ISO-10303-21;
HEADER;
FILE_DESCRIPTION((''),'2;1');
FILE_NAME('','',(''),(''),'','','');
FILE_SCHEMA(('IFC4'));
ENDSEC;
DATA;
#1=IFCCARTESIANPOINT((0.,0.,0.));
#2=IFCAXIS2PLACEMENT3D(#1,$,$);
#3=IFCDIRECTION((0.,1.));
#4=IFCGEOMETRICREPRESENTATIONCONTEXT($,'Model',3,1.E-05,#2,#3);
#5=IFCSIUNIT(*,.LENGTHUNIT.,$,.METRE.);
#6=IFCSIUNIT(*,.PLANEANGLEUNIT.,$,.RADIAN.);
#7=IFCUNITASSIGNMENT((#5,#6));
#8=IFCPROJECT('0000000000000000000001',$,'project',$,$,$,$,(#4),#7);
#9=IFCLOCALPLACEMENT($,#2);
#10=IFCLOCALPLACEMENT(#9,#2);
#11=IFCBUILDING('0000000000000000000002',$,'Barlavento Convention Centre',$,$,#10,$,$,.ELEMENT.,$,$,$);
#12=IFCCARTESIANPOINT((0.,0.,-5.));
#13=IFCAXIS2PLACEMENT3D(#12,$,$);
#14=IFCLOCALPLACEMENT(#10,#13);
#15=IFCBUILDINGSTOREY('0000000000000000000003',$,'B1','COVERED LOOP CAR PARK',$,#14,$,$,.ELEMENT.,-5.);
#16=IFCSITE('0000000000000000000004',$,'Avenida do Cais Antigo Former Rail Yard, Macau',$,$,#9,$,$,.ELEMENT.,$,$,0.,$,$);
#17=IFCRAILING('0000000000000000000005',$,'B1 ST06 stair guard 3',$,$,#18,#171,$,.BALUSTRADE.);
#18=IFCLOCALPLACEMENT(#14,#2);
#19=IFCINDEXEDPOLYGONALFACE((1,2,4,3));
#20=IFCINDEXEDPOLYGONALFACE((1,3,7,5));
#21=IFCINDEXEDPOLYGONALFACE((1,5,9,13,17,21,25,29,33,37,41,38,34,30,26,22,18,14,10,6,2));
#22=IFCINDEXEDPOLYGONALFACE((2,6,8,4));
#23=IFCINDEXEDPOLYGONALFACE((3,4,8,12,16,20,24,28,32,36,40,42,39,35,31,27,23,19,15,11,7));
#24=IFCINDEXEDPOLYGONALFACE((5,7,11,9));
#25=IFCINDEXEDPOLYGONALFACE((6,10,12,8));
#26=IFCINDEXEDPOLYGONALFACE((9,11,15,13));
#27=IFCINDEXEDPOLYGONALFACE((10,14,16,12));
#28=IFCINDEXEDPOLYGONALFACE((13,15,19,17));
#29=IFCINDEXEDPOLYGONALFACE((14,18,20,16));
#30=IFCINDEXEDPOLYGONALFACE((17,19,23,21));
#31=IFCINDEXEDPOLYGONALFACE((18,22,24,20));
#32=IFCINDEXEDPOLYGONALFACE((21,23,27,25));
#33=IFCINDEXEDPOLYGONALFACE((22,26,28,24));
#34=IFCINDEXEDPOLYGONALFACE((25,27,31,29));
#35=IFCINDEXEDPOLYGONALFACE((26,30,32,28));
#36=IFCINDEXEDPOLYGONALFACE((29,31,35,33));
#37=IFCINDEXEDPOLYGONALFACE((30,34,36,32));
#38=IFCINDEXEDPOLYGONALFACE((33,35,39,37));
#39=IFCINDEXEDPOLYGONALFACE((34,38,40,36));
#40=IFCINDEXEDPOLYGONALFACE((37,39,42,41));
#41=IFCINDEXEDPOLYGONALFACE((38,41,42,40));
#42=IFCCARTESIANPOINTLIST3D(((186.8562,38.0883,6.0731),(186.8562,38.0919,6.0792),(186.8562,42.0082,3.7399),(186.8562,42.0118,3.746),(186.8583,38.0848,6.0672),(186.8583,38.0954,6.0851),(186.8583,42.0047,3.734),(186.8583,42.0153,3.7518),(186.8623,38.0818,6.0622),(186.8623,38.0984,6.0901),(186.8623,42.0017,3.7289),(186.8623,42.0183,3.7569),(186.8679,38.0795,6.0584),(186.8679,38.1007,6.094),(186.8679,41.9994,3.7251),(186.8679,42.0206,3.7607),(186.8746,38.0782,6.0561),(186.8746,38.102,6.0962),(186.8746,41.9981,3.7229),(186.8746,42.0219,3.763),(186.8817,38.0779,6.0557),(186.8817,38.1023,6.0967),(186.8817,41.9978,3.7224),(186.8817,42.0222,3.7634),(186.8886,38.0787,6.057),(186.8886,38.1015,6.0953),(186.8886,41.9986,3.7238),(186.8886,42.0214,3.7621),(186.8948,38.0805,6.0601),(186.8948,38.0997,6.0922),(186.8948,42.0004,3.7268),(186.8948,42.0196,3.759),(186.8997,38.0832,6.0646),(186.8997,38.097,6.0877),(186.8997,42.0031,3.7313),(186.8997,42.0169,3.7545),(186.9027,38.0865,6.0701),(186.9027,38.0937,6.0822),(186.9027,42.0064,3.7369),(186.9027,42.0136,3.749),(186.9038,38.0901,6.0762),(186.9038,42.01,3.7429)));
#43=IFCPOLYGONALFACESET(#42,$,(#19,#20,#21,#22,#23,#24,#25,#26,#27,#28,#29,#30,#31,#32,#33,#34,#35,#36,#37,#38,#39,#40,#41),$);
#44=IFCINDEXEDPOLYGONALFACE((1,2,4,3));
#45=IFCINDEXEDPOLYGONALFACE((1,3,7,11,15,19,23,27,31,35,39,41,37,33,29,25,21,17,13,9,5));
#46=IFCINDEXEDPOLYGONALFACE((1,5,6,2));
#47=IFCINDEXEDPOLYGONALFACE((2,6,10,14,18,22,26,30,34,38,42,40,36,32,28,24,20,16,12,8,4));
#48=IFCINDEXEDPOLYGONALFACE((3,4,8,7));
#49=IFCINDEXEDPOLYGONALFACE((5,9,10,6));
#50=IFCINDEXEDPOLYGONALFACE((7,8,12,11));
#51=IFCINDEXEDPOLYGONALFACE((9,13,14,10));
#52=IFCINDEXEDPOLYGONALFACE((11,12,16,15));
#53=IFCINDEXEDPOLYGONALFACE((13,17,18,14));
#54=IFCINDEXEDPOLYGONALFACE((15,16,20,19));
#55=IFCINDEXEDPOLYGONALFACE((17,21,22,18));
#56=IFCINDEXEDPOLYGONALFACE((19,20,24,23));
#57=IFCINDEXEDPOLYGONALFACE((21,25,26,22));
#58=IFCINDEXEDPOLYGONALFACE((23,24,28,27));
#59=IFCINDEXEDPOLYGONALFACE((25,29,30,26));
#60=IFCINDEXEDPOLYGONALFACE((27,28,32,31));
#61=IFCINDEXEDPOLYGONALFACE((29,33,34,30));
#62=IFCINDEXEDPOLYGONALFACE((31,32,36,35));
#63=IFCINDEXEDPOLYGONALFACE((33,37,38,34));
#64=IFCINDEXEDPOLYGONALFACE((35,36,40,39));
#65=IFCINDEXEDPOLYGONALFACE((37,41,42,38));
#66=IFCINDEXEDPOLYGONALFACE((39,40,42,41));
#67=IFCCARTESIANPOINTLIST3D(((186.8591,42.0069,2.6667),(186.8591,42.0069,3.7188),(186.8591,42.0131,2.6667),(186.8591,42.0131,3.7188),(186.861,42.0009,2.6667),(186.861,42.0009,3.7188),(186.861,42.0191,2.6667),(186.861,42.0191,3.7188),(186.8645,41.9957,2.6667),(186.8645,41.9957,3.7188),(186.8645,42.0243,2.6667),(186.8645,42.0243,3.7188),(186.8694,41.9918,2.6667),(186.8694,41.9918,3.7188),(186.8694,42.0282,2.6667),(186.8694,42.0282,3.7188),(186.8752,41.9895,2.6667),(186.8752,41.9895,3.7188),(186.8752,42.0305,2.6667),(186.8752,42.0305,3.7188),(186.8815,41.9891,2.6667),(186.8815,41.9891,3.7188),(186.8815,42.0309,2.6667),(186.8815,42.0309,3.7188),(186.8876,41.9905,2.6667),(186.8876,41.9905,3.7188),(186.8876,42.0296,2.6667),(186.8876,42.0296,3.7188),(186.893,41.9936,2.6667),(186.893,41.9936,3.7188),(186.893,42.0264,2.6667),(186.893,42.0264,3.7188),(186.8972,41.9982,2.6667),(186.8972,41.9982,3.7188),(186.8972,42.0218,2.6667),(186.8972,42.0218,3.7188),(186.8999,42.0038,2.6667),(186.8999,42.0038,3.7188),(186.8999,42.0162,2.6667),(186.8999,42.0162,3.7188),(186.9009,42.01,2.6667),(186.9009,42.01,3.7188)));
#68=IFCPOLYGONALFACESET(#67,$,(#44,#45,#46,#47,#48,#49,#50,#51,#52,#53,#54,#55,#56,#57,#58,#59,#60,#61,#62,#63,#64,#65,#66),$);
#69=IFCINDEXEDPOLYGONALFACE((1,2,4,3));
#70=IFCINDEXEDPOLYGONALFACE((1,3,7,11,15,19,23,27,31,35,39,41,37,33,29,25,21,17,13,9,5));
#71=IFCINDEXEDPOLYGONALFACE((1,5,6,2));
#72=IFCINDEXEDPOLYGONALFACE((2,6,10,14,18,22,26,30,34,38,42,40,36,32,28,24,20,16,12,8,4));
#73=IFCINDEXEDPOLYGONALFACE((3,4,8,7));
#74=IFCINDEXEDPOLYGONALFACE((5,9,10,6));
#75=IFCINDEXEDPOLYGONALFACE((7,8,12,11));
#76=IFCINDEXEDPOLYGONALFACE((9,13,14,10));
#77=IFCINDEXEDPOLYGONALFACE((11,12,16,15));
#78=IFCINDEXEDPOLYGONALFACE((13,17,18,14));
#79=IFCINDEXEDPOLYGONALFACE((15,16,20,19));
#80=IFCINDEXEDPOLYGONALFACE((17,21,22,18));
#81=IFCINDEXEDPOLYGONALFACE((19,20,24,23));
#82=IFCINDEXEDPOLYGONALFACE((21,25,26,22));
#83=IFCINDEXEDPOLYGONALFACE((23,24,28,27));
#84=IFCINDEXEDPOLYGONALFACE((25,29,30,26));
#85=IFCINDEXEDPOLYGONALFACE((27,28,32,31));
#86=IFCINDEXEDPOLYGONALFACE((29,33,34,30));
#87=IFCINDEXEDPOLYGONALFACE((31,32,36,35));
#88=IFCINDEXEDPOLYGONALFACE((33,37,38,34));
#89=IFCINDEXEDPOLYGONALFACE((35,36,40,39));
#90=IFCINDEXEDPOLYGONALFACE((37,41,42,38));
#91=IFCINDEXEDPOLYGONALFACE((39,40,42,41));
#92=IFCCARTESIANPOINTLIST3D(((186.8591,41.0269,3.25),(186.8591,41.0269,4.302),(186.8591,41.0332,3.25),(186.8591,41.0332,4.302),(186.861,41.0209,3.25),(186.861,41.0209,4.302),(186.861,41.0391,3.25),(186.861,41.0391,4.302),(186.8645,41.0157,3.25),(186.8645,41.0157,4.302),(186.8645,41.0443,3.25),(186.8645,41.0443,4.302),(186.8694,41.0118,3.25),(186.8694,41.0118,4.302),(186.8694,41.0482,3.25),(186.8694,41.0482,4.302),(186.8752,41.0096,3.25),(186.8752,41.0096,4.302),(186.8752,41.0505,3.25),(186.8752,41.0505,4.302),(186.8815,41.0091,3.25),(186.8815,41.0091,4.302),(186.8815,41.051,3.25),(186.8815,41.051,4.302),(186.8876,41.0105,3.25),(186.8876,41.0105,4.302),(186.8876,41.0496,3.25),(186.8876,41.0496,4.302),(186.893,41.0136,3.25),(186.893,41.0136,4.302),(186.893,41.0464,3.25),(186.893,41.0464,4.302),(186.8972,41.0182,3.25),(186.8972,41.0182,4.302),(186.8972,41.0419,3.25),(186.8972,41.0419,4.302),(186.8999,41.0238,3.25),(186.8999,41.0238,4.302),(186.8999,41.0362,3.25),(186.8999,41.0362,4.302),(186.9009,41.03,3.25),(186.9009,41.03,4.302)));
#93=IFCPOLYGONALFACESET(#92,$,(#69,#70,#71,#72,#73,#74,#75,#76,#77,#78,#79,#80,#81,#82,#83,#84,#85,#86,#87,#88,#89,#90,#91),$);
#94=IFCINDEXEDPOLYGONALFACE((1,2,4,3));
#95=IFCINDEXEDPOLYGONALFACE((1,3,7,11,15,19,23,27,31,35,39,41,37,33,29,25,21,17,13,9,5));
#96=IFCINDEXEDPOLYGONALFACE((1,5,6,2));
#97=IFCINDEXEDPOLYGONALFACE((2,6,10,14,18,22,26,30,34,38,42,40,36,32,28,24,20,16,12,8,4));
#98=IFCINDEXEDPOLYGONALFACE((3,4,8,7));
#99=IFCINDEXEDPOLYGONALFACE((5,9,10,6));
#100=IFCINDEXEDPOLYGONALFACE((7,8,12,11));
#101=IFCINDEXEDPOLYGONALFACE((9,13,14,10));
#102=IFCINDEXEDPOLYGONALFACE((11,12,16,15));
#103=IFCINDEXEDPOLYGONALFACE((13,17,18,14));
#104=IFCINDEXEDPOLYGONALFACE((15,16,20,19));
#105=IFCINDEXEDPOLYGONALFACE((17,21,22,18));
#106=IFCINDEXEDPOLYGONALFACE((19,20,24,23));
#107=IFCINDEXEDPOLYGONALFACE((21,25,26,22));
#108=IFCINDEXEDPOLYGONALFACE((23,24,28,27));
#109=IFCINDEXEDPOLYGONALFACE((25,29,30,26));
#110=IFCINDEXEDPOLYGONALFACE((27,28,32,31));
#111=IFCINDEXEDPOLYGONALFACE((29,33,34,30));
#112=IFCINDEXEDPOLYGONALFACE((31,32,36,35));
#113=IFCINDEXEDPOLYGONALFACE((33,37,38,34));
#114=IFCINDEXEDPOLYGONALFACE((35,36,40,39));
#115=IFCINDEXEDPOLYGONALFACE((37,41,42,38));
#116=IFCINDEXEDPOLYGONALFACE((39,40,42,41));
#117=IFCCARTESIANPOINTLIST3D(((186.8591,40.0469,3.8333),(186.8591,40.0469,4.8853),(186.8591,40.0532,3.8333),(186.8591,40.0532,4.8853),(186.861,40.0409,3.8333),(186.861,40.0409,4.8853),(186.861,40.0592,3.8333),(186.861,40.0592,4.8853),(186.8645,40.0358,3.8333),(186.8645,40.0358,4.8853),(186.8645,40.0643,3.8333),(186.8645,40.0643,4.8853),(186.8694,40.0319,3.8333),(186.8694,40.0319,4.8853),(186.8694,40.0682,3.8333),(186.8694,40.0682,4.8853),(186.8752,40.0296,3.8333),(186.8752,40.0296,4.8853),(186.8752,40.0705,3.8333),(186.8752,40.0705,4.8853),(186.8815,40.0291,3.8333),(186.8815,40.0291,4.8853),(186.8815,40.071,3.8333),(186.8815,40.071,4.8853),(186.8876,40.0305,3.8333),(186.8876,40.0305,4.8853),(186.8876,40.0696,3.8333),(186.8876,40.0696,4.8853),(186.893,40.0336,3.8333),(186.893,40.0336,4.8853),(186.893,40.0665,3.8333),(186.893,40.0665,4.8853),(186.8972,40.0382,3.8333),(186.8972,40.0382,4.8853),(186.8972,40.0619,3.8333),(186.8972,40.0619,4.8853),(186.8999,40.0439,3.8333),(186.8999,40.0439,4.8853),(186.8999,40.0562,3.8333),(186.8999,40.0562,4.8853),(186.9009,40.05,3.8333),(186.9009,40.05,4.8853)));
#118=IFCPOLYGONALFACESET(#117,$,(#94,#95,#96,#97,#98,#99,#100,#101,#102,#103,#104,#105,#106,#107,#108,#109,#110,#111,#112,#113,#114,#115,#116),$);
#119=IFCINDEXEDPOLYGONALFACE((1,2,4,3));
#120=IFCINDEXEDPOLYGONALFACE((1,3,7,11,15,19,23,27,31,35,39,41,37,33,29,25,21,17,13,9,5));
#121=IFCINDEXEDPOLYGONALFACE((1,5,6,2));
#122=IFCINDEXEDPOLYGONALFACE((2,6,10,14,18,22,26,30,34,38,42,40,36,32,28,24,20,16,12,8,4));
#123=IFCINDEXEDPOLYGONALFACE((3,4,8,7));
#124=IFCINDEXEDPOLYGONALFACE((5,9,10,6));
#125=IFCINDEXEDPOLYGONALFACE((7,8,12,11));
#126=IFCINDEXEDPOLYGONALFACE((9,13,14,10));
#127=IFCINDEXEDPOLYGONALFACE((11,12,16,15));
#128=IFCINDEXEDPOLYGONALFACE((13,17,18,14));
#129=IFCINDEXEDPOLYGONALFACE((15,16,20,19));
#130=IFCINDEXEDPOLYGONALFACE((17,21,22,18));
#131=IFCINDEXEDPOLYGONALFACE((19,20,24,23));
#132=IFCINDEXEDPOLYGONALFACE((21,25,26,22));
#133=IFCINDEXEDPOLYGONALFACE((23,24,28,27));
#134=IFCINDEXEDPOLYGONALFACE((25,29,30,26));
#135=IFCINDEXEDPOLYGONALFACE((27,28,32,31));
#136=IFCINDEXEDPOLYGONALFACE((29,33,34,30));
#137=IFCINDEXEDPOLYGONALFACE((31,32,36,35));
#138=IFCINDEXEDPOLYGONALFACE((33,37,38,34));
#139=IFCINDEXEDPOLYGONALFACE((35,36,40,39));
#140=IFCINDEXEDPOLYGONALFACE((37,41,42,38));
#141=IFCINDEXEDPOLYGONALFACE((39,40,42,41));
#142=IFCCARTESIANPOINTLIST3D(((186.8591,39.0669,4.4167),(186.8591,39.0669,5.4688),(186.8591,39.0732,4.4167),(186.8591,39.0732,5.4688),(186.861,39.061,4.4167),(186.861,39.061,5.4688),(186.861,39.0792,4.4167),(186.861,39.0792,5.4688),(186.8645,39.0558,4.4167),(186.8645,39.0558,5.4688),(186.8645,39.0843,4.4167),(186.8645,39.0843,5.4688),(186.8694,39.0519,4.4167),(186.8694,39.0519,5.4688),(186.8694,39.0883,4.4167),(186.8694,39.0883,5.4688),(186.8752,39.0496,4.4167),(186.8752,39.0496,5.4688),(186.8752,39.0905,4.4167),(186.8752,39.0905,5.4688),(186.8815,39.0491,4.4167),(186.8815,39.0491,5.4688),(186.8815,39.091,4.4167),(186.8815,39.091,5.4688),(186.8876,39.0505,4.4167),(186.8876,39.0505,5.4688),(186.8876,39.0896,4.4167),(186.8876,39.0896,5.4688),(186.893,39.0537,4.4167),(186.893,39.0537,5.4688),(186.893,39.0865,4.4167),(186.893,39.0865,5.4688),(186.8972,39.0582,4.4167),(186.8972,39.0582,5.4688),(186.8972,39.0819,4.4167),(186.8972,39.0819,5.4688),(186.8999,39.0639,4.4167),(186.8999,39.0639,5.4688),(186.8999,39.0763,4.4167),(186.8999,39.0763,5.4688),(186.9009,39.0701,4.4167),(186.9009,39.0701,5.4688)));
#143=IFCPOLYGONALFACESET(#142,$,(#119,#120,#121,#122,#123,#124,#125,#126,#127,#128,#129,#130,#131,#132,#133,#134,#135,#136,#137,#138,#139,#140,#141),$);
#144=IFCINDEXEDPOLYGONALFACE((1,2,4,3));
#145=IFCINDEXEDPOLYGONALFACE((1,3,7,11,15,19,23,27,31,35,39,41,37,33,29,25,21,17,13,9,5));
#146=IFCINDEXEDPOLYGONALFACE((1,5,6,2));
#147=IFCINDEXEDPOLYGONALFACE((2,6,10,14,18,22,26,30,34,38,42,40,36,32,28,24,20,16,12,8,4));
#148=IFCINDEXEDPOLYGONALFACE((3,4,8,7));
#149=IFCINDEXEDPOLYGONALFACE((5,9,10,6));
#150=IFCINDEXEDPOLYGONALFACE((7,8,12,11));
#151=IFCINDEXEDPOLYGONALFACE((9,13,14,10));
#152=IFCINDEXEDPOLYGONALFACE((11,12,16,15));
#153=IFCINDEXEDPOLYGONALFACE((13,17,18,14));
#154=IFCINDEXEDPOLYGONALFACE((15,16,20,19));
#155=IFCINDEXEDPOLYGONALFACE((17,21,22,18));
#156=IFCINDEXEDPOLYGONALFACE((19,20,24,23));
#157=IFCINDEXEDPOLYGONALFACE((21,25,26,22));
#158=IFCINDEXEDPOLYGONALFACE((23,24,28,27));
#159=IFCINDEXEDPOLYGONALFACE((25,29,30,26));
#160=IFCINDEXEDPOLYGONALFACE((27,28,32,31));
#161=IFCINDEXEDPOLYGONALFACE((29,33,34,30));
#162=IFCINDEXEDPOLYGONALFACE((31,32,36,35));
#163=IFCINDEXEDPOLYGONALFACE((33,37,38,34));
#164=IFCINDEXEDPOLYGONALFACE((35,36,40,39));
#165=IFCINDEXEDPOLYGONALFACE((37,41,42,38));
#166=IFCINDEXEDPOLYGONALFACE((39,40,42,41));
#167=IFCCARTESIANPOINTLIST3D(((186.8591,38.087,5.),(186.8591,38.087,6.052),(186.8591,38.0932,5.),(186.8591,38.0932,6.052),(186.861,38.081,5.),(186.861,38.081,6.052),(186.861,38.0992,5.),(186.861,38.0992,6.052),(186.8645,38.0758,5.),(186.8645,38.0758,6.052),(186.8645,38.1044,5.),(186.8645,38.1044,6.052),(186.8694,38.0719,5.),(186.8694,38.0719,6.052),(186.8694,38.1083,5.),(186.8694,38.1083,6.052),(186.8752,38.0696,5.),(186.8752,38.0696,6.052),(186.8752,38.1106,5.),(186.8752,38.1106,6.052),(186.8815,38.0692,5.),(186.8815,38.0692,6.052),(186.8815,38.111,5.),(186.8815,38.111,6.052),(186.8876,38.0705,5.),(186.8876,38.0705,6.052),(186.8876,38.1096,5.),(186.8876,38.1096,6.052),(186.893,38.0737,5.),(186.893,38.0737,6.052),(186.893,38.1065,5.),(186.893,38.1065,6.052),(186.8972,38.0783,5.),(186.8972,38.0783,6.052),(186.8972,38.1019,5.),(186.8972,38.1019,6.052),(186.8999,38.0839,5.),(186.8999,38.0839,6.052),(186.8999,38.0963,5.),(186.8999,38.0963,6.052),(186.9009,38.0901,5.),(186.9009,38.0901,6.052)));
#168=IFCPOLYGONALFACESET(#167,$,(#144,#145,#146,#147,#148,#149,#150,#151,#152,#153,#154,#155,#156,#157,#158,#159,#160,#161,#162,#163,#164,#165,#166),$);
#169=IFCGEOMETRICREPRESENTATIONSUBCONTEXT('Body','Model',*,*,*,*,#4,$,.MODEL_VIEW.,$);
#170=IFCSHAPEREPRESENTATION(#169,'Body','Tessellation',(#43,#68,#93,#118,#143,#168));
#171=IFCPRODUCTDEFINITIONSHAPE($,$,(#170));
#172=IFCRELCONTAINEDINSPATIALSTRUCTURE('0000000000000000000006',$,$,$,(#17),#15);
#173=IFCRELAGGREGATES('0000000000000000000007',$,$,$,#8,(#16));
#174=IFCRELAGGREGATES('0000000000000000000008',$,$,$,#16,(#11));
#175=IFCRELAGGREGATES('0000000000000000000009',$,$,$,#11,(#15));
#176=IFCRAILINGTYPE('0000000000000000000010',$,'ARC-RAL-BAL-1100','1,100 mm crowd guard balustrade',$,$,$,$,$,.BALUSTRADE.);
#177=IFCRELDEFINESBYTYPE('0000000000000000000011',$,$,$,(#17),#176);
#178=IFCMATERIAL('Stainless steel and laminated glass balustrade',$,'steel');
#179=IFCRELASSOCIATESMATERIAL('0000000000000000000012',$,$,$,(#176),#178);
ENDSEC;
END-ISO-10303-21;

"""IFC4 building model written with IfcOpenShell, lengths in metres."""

from ifc_helpers import new_model, si_unit, direction, frame, origin, origin_2d, place, context, subcontext, project, spatial, circle, extrude, material, type_object, element, save


model = new_model("IFC4")

# Units and contexts
model_context = context("Model", 3, precision=1e-05, world=origin(), true_north=direction((0.0, 1.0)))
body_context = subcontext(model_context, "Body", "Model", "MODEL_VIEW")
ifc_project = project(units=[si_unit("LENGTHUNIT", "METRE"), si_unit("PLANEANGLEUNIT", "RADIAN")], contexts=[model_context])

# Site, building, storey
site_placement = place(None, origin())
site = spatial("IfcSite", under=ifc_project, at=site_placement, Name="Avenida do Cais Antigo Former Rail Yard, Macau", CompositionType="ELEMENT", RefElevation=0.0)
building_placement = place(site_placement, origin())
building = spatial("IfcBuilding", under=site, at=building_placement, Name="Barlavento Convention Centre", CompositionType="ELEMENT")
storey_placement = place(building_placement, frame((0.0, 0.0, -5.0)))
storey = spatial("IfcBuildingStorey", under=building, at=storey_placement, Name="B1", Description="COVERED LOOP CAR PARK", CompositionType="ELEMENT", Elevation=-5.0)

# Railing
ifc_material_1 = material(Name="Stainless steel and laminated glass balustrade", Category="steel")
railing_type_1 = type_object("IfcRailingType", Name="ARC-RAL-BAL-1100", Description="1,100 mm crowd guard balustrade", PredefinedType="BALUSTRADE", material=ifc_material_1)
railing_1_placement = place(storey_placement, frame((186.8799, 42.01, 2.6667)))
element("IfcRailing", 1, at=railing_1_placement, inside=storey, type_object=railing_type_1, Name="B1 ST06 stair guard 3", PredefinedType="BALUSTRADE", context=body_context, shape_type="SweptSolid", body=[
    extrude(circle(Radius=0.0239, at=origin_2d()), frame((0.0, 0.0, 1.0762), z_axis=(0.0, -0.859296, 0.511478), x_axis=(1.0, 0.0, 0.0)), (0.0, 0.0, 1.0), 4.5618),
    extrude(circle(Radius=0.021, at=origin_2d()), origin(), (0.0, 0.0, 1.0), 1.052),
    extrude(circle(Radius=0.021, at=origin_2d()), frame((0.0, -0.98, 0.5833)), (0.0, 0.0, 1.0), 1.052),
    extrude(circle(Radius=0.021, at=origin_2d()), frame((0.0, -1.96, 1.1665)), (0.0, 0.0, 1.0), 1.052),
    extrude(circle(Radius=0.021, at=origin_2d()), frame((0.0, -2.9399, 1.75)), (0.0, 0.0, 1.0), 1.052),
    extrude(circle(Radius=0.021, at=origin_2d()), frame((0.0, -3.9199, 2.3333)), (0.0, 0.0, 1.0), 1.052),
])

save(model, "model.ifc")
